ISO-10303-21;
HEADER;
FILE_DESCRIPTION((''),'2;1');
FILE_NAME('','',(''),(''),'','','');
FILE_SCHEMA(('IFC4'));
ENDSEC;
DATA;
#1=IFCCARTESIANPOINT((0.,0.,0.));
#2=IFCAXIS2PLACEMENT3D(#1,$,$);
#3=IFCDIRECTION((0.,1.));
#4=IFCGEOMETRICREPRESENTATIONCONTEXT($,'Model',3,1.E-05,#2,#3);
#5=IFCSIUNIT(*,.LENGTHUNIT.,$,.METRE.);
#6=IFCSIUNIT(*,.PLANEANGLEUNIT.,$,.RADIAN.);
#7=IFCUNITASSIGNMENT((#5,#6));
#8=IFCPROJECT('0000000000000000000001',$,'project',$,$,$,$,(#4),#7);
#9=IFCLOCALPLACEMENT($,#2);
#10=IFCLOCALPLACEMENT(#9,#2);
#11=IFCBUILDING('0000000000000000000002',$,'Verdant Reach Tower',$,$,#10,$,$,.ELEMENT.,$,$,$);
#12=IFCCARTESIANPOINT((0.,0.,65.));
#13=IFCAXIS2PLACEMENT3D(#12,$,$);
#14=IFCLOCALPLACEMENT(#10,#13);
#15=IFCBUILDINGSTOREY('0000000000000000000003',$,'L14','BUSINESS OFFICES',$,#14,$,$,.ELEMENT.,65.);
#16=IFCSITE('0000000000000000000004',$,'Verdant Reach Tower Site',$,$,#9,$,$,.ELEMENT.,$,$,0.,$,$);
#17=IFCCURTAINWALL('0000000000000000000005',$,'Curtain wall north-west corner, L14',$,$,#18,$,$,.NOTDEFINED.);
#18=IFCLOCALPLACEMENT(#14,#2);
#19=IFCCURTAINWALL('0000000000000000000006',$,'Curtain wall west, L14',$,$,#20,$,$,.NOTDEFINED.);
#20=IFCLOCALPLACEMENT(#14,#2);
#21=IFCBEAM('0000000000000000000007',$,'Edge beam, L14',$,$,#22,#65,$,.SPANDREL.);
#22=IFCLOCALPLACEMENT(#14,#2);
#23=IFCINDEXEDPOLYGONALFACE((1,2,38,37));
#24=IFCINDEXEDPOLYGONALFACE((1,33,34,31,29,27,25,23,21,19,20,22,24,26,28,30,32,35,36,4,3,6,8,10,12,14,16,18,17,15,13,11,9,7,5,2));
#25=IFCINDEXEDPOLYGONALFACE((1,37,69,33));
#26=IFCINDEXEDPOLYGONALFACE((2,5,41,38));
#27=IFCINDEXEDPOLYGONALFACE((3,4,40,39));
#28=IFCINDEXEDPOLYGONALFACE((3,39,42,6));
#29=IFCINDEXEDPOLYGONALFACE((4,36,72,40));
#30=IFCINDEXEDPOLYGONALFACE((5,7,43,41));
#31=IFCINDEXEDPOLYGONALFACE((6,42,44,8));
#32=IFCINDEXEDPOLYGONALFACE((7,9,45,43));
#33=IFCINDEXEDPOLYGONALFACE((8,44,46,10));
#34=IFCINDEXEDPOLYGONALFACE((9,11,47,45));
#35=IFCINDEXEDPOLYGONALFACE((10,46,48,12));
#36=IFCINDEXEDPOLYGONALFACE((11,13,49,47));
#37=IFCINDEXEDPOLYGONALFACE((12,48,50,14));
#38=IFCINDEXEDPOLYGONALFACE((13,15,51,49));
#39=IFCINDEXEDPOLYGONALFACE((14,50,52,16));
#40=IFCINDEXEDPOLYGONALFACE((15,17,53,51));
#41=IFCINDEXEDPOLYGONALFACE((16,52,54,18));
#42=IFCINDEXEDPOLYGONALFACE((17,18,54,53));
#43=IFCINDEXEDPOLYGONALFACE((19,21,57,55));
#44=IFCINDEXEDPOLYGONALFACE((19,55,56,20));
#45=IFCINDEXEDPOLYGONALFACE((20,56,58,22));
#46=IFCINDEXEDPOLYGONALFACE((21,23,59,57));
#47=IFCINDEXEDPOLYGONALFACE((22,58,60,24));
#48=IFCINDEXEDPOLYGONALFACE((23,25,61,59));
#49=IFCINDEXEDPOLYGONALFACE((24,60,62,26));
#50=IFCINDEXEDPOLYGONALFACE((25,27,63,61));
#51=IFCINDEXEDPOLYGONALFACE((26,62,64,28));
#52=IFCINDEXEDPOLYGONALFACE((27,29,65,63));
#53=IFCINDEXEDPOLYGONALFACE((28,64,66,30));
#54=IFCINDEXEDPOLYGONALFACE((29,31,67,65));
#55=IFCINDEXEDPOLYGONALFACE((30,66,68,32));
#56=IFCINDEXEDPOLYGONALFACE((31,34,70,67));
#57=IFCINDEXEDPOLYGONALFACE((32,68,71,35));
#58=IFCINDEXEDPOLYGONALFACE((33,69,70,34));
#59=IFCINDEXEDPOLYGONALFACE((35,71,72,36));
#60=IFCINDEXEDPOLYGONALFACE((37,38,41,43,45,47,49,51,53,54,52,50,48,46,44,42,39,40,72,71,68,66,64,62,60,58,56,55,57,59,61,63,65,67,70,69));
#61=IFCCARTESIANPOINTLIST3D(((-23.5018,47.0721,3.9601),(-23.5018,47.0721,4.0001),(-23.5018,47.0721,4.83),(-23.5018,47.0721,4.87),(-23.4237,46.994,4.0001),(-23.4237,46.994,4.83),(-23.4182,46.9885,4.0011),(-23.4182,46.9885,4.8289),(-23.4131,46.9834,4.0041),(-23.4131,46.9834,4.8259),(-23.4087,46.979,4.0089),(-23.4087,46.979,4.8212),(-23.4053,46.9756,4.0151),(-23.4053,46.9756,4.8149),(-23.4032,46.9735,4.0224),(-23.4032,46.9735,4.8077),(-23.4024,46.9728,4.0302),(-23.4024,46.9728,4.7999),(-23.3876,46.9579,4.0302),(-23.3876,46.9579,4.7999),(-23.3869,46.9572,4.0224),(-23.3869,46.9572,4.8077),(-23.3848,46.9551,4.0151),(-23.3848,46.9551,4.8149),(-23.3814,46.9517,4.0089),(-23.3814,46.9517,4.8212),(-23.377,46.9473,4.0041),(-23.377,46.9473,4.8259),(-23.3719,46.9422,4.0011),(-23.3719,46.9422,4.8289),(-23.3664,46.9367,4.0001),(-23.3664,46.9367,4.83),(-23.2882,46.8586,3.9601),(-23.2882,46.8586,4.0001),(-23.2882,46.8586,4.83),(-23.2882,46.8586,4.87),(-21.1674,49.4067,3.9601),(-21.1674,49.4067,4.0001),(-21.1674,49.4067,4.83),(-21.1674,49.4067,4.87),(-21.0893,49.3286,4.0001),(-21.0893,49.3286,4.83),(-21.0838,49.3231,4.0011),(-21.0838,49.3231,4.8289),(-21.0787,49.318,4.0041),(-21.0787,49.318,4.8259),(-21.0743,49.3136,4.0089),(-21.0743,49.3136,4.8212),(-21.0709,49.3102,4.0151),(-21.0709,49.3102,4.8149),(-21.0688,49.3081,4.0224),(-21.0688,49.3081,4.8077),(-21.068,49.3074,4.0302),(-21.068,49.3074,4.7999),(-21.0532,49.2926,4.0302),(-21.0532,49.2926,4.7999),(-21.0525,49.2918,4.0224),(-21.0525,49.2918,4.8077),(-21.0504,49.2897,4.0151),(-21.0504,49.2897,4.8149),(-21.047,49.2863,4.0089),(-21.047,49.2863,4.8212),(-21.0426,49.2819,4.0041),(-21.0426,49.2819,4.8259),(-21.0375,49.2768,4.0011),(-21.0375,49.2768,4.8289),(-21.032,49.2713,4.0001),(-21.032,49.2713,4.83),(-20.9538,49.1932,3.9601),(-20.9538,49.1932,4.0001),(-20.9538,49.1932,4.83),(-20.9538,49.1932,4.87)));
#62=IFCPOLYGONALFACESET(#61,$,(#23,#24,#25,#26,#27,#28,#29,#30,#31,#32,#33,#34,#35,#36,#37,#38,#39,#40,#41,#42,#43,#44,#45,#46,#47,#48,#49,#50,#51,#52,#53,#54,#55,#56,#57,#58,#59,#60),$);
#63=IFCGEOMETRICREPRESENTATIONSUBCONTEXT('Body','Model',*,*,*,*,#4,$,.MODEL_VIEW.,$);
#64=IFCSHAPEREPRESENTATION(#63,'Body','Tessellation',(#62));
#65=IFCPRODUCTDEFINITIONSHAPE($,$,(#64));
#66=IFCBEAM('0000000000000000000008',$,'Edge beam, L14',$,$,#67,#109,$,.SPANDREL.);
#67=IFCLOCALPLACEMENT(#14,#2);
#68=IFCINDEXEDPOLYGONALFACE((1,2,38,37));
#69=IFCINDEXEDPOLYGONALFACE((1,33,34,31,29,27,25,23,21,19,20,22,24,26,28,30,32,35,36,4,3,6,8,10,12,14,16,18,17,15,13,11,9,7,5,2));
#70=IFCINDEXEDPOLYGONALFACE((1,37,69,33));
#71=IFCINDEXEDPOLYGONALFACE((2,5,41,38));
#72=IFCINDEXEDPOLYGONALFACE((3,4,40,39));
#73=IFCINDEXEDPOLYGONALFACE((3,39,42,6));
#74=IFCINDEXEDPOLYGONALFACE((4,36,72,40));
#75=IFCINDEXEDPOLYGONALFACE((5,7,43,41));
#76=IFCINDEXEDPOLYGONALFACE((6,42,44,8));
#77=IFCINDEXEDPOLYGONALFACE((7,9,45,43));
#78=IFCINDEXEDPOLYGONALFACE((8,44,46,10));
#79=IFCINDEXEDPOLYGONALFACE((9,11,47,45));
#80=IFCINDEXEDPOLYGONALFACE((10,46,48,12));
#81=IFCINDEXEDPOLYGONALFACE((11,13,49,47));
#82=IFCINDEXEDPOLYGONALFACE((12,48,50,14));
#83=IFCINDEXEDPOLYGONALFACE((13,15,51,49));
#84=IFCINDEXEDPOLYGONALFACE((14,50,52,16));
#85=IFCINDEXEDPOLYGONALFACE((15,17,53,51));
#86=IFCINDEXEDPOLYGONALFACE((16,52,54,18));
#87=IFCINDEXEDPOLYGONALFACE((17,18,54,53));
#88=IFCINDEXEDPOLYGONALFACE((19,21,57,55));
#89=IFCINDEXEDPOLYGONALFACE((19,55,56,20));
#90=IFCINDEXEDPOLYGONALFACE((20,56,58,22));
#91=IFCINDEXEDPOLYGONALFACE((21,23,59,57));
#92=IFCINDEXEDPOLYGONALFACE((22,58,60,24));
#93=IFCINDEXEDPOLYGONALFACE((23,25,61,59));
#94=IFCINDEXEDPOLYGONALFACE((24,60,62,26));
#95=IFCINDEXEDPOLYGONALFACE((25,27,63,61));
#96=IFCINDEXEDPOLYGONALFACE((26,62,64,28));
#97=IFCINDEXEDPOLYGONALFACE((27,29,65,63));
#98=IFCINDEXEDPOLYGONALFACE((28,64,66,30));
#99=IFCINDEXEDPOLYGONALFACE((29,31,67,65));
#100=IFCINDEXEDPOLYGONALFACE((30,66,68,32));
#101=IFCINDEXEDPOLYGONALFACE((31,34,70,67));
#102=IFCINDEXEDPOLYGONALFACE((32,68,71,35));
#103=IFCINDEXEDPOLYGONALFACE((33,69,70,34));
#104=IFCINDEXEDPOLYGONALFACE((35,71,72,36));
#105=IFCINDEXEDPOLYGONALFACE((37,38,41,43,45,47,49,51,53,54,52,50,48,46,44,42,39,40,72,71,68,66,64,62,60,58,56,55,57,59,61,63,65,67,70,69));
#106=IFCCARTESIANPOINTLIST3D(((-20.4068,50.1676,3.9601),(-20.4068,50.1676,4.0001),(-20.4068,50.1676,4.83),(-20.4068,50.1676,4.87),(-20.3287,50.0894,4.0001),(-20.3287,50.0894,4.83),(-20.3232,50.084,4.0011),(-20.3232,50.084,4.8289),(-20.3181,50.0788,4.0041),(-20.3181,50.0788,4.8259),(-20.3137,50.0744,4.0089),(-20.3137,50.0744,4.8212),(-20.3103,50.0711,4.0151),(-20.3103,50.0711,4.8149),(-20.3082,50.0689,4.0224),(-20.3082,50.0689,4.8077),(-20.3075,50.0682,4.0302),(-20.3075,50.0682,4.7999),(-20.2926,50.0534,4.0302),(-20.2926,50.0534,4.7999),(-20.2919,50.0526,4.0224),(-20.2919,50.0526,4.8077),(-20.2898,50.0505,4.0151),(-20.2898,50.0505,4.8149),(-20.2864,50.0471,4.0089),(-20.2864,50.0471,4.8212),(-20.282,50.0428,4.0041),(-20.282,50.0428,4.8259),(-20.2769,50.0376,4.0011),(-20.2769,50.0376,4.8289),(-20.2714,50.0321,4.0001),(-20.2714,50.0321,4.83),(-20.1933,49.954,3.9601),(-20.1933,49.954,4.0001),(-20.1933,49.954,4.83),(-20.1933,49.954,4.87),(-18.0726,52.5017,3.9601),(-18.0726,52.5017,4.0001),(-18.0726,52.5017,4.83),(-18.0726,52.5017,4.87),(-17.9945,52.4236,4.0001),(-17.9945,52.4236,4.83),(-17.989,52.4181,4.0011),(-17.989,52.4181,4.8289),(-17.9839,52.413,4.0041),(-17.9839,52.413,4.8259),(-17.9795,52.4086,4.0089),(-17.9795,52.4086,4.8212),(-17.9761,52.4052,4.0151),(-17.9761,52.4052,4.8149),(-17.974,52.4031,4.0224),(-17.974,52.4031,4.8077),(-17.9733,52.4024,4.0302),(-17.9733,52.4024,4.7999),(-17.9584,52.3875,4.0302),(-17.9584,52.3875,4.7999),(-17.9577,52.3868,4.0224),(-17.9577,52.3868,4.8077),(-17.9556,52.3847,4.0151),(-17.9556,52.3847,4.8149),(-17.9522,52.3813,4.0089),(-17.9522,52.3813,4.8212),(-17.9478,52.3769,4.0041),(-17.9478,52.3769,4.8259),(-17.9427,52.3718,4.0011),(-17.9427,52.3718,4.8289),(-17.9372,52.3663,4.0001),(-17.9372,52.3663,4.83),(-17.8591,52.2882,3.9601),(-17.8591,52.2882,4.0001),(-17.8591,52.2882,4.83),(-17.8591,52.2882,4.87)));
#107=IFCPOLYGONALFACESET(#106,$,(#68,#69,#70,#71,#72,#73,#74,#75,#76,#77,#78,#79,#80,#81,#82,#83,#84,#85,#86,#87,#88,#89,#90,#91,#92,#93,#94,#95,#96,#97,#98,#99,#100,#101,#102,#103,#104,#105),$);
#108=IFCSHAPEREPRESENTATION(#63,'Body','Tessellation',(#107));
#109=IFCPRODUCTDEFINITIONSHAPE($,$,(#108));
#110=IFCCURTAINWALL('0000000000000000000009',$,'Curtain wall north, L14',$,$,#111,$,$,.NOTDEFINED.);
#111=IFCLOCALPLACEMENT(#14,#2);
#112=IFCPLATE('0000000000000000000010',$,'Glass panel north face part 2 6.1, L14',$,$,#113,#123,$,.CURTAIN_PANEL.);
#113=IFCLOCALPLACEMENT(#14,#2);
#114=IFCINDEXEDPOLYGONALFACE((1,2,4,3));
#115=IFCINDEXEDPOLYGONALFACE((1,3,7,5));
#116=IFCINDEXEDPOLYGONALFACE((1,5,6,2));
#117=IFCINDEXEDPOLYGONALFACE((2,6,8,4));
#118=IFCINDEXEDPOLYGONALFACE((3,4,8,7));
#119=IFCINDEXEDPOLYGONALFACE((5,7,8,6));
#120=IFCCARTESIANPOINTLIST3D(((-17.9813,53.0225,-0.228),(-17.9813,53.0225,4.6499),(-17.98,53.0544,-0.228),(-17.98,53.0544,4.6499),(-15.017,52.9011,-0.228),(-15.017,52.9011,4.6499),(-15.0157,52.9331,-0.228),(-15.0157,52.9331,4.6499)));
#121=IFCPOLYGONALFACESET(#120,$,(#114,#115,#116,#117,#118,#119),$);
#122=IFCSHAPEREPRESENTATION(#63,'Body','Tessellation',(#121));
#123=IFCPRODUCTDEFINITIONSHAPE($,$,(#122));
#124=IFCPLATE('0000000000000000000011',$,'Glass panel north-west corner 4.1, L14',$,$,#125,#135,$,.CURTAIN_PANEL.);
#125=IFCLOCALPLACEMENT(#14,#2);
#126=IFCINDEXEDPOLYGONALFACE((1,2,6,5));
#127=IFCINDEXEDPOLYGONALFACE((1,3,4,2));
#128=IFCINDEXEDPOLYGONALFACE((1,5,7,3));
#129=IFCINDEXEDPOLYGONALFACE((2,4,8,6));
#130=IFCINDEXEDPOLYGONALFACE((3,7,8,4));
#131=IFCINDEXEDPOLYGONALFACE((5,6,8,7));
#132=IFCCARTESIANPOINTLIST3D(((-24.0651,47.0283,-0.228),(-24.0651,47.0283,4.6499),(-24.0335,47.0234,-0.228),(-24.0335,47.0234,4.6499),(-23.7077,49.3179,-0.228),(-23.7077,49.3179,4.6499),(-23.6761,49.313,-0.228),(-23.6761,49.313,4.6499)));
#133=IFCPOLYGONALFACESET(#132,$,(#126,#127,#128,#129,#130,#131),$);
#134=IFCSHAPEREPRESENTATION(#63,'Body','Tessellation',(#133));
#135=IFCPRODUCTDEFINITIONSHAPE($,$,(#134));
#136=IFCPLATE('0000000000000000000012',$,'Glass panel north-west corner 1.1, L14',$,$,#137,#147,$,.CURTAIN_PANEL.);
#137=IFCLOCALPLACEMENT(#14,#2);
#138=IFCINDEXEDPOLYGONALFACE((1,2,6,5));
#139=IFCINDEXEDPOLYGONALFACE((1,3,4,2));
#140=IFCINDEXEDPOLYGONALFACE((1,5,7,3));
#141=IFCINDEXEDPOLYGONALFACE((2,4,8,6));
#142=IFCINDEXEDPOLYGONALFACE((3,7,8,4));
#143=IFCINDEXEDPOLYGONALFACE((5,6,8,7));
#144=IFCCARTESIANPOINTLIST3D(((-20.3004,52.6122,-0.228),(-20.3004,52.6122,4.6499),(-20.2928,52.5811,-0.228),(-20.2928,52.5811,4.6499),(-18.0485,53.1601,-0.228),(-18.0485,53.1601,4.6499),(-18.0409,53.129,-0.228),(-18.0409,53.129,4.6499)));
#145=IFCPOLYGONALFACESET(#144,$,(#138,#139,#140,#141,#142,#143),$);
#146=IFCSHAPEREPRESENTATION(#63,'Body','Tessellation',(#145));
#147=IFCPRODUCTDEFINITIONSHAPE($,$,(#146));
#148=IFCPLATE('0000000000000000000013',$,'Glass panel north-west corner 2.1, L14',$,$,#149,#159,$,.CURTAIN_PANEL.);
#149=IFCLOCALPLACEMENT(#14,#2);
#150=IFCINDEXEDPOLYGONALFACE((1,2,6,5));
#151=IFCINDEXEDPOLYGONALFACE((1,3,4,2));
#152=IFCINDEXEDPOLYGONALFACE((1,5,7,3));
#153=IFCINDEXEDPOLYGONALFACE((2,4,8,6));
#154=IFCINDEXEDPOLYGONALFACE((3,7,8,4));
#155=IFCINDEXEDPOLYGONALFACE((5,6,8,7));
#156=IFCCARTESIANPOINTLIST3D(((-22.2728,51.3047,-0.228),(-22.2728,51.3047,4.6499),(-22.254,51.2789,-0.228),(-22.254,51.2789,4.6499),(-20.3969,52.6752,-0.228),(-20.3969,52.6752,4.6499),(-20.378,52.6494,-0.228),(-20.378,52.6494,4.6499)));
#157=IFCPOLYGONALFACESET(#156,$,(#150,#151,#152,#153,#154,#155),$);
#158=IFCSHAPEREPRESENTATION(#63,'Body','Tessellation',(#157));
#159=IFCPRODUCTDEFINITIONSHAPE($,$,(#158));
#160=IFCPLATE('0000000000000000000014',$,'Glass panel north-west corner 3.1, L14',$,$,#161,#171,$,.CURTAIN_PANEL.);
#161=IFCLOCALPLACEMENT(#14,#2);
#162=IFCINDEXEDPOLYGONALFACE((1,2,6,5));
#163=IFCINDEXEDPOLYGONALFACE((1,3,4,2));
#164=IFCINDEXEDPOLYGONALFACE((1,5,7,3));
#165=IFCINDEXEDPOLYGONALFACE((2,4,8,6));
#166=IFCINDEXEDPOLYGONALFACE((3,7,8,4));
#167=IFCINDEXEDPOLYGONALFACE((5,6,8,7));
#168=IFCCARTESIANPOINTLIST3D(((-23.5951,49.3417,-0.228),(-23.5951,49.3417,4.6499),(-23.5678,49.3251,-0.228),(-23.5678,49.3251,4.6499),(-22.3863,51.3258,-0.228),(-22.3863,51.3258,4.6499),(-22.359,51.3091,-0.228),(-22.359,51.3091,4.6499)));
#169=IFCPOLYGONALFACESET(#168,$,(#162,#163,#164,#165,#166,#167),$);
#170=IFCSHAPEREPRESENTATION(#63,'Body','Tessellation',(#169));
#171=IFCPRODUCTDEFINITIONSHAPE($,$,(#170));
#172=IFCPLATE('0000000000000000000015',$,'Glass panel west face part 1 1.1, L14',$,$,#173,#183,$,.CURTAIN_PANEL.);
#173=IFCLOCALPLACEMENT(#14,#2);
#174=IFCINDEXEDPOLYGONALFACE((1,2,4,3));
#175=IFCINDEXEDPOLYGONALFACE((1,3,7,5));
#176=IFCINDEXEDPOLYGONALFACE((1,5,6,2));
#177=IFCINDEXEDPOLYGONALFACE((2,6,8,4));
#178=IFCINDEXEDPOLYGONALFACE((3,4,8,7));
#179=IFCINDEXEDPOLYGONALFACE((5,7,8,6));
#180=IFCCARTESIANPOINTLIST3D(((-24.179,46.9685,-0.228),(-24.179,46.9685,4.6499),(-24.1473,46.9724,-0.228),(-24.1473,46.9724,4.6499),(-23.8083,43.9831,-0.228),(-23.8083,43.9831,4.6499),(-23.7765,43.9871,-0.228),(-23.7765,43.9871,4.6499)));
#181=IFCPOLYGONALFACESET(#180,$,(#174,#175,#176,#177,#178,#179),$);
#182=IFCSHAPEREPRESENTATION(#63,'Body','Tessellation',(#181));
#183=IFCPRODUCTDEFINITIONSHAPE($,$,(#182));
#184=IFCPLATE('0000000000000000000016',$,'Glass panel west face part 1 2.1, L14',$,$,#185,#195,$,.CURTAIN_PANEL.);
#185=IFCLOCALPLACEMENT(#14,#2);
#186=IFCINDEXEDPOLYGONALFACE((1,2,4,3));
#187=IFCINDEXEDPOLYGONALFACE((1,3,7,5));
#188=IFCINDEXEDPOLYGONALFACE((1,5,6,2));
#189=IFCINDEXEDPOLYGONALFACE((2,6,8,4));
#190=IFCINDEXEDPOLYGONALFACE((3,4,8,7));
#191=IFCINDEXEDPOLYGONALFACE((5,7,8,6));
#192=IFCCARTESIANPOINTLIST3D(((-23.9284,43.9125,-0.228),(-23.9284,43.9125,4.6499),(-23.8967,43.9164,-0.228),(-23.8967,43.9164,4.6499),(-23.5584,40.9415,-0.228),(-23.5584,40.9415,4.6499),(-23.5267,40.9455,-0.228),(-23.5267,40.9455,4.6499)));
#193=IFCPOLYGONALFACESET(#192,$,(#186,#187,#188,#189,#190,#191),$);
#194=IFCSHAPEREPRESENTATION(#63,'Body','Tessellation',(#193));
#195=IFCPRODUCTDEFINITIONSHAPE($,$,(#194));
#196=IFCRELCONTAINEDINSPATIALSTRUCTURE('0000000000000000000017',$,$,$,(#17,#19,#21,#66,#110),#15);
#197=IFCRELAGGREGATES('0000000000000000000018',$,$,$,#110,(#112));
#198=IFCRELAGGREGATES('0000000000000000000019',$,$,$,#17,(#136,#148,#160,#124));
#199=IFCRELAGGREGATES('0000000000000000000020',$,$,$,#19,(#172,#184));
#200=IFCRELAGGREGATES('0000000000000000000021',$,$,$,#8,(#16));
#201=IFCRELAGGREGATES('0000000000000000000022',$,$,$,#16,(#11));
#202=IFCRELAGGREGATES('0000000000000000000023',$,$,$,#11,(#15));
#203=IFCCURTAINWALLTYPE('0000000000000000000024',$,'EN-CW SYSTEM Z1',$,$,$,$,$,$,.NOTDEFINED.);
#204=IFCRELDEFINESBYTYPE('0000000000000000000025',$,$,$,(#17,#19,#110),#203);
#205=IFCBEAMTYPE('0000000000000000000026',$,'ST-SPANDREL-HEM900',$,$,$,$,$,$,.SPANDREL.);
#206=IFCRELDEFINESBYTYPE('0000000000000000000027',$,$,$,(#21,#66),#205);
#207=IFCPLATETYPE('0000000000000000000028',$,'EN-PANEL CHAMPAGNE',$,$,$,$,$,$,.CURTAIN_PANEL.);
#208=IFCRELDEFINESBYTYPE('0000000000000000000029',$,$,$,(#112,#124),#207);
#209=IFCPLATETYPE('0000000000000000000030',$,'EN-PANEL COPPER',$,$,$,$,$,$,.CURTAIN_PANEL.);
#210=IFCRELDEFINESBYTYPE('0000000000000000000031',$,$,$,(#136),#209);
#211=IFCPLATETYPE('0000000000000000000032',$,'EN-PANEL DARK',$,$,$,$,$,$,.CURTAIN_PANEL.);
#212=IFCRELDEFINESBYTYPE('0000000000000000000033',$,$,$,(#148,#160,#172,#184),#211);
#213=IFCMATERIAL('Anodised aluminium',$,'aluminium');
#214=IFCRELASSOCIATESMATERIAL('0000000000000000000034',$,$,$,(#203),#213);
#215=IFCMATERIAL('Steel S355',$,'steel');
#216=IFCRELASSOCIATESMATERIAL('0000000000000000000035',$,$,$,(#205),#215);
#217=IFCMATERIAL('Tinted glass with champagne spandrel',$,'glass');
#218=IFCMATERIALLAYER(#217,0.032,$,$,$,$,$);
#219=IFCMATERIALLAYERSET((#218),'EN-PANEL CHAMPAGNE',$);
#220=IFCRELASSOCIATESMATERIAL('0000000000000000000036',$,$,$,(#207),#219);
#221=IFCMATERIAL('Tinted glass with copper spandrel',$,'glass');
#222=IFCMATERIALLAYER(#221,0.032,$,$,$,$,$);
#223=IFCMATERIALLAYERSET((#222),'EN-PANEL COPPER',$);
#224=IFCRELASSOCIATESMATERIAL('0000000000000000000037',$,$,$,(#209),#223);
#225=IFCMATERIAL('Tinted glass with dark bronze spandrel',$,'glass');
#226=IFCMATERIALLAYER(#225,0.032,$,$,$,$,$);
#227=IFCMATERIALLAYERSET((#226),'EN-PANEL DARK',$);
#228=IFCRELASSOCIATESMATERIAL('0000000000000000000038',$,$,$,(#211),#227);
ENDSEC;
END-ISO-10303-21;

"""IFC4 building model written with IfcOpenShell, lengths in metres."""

from ifc_helpers import new_model, si_unit, direction, frame, origin, origin_2d, place, context, subcontext, project, spatial, rectangle, i_section, extrude, material, layer, layer_set, material_profile, profile_set, type_object, element, aggregate, save


model = new_model("IFC4")

# Units and contexts
model_context = context("Model", 3, precision=1e-05, world=origin(), true_north=direction((0.0, 1.0)))
body_context = subcontext(model_context, "Body", "Model", "MODEL_VIEW")
ifc_project = project(units=[si_unit("LENGTHUNIT", "METRE"), si_unit("PLANEANGLEUNIT", "RADIAN")], contexts=[model_context])

# Site, building, storey
site_placement = place(None, origin())
site = spatial("IfcSite", under=ifc_project, at=site_placement, Name="Verdant Reach Tower Site", CompositionType="ELEMENT", RefElevation=0.0)
building_placement = place(site_placement, origin())
building = spatial("IfcBuilding", under=site, at=building_placement, Name="Verdant Reach Tower", CompositionType="ELEMENT")
storey_placement = place(building_placement, frame((0.0, 0.0, 65.0)))
storey = spatial("IfcBuildingStorey", under=building, at=storey_placement, Name="L14", Description="BUSINESS OFFICES", CompositionType="ELEMENT", Elevation=65.0)

# Curtain walls
ifc_material_1 = material(Name="Anodised aluminium", Category="aluminium")
curtain_wall_type = type_object("IfcCurtainWallType", Name="EN-CW SYSTEM Z1", PredefinedType="NOTDEFINED", material=ifc_material_1)
curtain_wall_1_placement = place(storey_placement, origin())
curtain_wall_1 = element("IfcCurtainWall", 1, at=curtain_wall_1_placement, inside=storey, type_object=curtain_wall_type, Name="Curtain wall north-west corner, L14", PredefinedType="NOTDEFINED")
curtain_wall_2_placement = place(storey_placement, origin())
curtain_wall_2 = element("IfcCurtainWall", 2, at=curtain_wall_2_placement, inside=storey, type_object=curtain_wall_type, Name="Curtain wall west, L14", PredefinedType="NOTDEFINED")

# Beams
ifc_material_2 = material(Name="Steel S355", Category="steel")
ifc_material_profile_1 = material_profile(ifc_material_2, i_section(OverallWidth=0.302, OverallDepth=0.9099, WebThickness=0.021, FlangeThickness=0.04, FilletRadius=0.03, at=origin_2d()), Name="HEM 900")
ifc_profile_set_1 = profile_set([ifc_material_profile_1], Name="Steel S355")
beam_type_1 = type_object("IfcBeamType", Name="ST-SPANDREL-HEM900", PredefinedType="SPANDREL", material=ifc_profile_set_1)
beam_1_placement = place(storey_placement, frame((-23.395, 46.9653, 4.415), z_axis=(0.70707, 0.707144, 0.0), x_axis=(-0.707144, 0.70707, 0.0)))
element("IfcBeam", 3, at=beam_1_placement, inside=storey, type_object=beam_type_1, Name="Edge beam, L14", PredefinedType="SPANDREL", context=body_context, shape_type="SweptSolid", body=[
    extrude(i_section(OverallWidth=0.302, OverallDepth=0.9099, WebThickness=0.021, FlangeThickness=0.04, FilletRadius=0.03, at=origin_2d()), origin(), (0.0, 0.0, 1.0), 3.3015),
])
beam_2_placement = place(storey_placement, frame((-20.3, 50.0608, 4.415), z_axis=(0.707107, 0.707107, 0.0), x_axis=(-0.707107, 0.707107, 0.0)))
element("IfcBeam", 4, at=beam_2_placement, inside=storey, type_object=beam_type_1, Name="Edge beam, L14", PredefinedType="SPANDREL", context=body_context, shape_type="SweptSolid", body=[
    extrude(i_section(OverallWidth=0.302, OverallDepth=0.9099, WebThickness=0.021, FlangeThickness=0.04, FilletRadius=0.03, at=origin_2d()), origin(), (0.0, 0.0, 1.0), 3.301),
])

# Curtain wall, plate
curtain_wall_3_placement = place(storey_placement, origin())
curtain_wall_3 = element("IfcCurtainWall", 5, at=curtain_wall_3_placement, inside=storey, type_object=curtain_wall_type, Name="Curtain wall north, L14", PredefinedType="NOTDEFINED")
ifc_material_3 = material(Name="Tinted glass with champagne spandrel", Category="glass")
ifc_layer_1 = layer(ifc_material_3, 0.032)
ifc_layer_set_1 = layer_set([ifc_layer_1], Name="EN-PANEL CHAMPAGNE")
plate_type_1 = type_object("IfcPlateType", Name="EN-PANEL CHAMPAGNE", PredefinedType="CURTAIN_PANEL", material=ifc_layer_set_1)
plate_1_placement = place(storey_placement, frame((-16.4985, 52.9778, -0.228), z_axis=(0.0, 0.0, 1.0), x_axis=(-0.999163, 0.04091, 0.0)))
plate_1 = element("IfcPlate", 6, at=plate_1_placement, type_object=plate_type_1, Name="Glass panel north face part 2 6.1, L14", PredefinedType="CURTAIN_PANEL", context=body_context, shape_type="SweptSolid", body=[
    extrude(rectangle(XDim=2.9668, YDim=0.032, at=origin_2d()), origin(), (0.0, 0.0, 1.0), 4.8779),
])
aggregate(curtain_wall_3, [plate_1])

# Plates
plate_2_placement = place(storey_placement, frame((-23.8706, 48.1707, -0.228), z_axis=(0.0, 0.0, 1.0), x_axis=(-0.154248, -0.988032, 0.0)))
plate_2 = element("IfcPlate", 7, at=plate_2_placement, type_object=plate_type_1, Name="Glass panel north-west corner 4.1, L14", PredefinedType="CURTAIN_PANEL", context=body_context, shape_type="SweptSolid", body=[
    extrude(rectangle(XDim=2.3174, YDim=0.032, at=origin_2d()), origin(), (0.0, 0.0, 1.0), 4.8779),
])
ifc_material_4 = material(Name="Tinted glass with copper spandrel", Category="glass")
ifc_layer_2 = layer(ifc_material_4, 0.032)
ifc_layer_set_2 = layer_set([ifc_layer_2], Name="EN-PANEL COPPER")
plate_type_2 = type_object("IfcPlateType", Name="EN-PANEL COPPER", PredefinedType="CURTAIN_PANEL", material=ifc_layer_set_2)
plate_3_placement = place(storey_placement, frame((-19.1707, 52.8706, -0.228), z_axis=(0.0, 0.0, 1.0), x_axis=(-0.971661, -0.23638, 0.0)))
plate_3 = element("IfcPlate", 8, at=plate_3_placement, type_object=plate_type_2, Name="Glass panel north-west corner 1.1, L14", PredefinedType="CURTAIN_PANEL", context=body_context, shape_type="SweptSolid", body=[
    extrude(rectangle(XDim=2.3176, YDim=0.032, at=origin_2d()), origin(), (0.0, 0.0, 1.0), 4.8779),
])
ifc_material_5 = material(Name="Tinted glass with dark bronze spandrel", Category="glass")
ifc_layer_3 = layer(ifc_material_5, 0.032)
ifc_layer_set_3 = layer_set([ifc_layer_3], Name="EN-PANEL DARK")
plate_type_3 = type_object("IfcPlateType", Name="EN-PANEL DARK", PredefinedType="CURTAIN_PANEL", material=ifc_layer_set_3)
plate_4_placement = place(storey_placement, frame((-21.3254, 51.9771, -0.228), z_axis=(0.0, 0.0, 1.0), x_axis=(-0.807457, -0.589927, 0.0)))
plate_4 = element("IfcPlate", 9, at=plate_4_placement, type_object=plate_type_3, Name="Glass panel north-west corner 2.1, L14", PredefinedType="CURTAIN_PANEL", context=body_context, shape_type="SweptSolid", body=[
    extrude(rectangle(XDim=2.3232, YDim=0.032, at=origin_2d()), origin(), (0.0, 0.0, 1.0), 4.8779),
])
plate_5_placement = place(storey_placement, frame((-22.9771, 50.3254, -0.228), z_axis=(0.0, 0.0, 1.0), x_axis=(-0.520292, -0.853989, 0.0)))
plate_5 = element("IfcPlate", 10, at=plate_5_placement, type_object=plate_type_3, Name="Glass panel north-west corner 3.1, L14", PredefinedType="CURTAIN_PANEL", context=body_context, shape_type="SweptSolid", body=[
    extrude(rectangle(XDim=2.3232, YDim=0.032, at=origin_2d()), origin(), (0.0, 0.0, 1.0), 4.8779),
])
aggregate(curtain_wall_1, [plate_3, plate_4, plate_5, plate_2])
plate_6_placement = place(storey_placement, frame((-23.9778, 45.4778, -0.228), z_axis=(0.0, 0.0, 1.0), x_axis=(0.123256, -0.992375, 0.0)))
plate_6 = element("IfcPlate", 11, at=plate_6_placement, type_object=plate_type_3, Name="Glass panel west face part 1 1.1, L14", PredefinedType="CURTAIN_PANEL", context=body_context, shape_type="SweptSolid", body=[
    extrude(rectangle(XDim=3.0083, YDim=0.032, at=origin_2d()), origin(), (0.0, 0.0, 1.0), 4.8779),
])
plate_7_placement = place(storey_placement, frame((-23.7275, 42.429, -0.228), z_axis=(0.0, 0.0, 1.0), x_axis=(0.123579, -0.992335, 0.0)))
plate_7 = element("IfcPlate", 12, at=plate_7_placement, type_object=plate_type_3, Name="Glass panel west face part 1 2.1, L14", PredefinedType="CURTAIN_PANEL", context=body_context, shape_type="SweptSolid", body=[
    extrude(rectangle(XDim=2.9939, YDim=0.032, at=origin_2d()), origin(), (0.0, 0.0, 1.0), 4.8779),
])
aggregate(curtain_wall_2, [plate_6, plate_7])

save(model, "model.ifc")
